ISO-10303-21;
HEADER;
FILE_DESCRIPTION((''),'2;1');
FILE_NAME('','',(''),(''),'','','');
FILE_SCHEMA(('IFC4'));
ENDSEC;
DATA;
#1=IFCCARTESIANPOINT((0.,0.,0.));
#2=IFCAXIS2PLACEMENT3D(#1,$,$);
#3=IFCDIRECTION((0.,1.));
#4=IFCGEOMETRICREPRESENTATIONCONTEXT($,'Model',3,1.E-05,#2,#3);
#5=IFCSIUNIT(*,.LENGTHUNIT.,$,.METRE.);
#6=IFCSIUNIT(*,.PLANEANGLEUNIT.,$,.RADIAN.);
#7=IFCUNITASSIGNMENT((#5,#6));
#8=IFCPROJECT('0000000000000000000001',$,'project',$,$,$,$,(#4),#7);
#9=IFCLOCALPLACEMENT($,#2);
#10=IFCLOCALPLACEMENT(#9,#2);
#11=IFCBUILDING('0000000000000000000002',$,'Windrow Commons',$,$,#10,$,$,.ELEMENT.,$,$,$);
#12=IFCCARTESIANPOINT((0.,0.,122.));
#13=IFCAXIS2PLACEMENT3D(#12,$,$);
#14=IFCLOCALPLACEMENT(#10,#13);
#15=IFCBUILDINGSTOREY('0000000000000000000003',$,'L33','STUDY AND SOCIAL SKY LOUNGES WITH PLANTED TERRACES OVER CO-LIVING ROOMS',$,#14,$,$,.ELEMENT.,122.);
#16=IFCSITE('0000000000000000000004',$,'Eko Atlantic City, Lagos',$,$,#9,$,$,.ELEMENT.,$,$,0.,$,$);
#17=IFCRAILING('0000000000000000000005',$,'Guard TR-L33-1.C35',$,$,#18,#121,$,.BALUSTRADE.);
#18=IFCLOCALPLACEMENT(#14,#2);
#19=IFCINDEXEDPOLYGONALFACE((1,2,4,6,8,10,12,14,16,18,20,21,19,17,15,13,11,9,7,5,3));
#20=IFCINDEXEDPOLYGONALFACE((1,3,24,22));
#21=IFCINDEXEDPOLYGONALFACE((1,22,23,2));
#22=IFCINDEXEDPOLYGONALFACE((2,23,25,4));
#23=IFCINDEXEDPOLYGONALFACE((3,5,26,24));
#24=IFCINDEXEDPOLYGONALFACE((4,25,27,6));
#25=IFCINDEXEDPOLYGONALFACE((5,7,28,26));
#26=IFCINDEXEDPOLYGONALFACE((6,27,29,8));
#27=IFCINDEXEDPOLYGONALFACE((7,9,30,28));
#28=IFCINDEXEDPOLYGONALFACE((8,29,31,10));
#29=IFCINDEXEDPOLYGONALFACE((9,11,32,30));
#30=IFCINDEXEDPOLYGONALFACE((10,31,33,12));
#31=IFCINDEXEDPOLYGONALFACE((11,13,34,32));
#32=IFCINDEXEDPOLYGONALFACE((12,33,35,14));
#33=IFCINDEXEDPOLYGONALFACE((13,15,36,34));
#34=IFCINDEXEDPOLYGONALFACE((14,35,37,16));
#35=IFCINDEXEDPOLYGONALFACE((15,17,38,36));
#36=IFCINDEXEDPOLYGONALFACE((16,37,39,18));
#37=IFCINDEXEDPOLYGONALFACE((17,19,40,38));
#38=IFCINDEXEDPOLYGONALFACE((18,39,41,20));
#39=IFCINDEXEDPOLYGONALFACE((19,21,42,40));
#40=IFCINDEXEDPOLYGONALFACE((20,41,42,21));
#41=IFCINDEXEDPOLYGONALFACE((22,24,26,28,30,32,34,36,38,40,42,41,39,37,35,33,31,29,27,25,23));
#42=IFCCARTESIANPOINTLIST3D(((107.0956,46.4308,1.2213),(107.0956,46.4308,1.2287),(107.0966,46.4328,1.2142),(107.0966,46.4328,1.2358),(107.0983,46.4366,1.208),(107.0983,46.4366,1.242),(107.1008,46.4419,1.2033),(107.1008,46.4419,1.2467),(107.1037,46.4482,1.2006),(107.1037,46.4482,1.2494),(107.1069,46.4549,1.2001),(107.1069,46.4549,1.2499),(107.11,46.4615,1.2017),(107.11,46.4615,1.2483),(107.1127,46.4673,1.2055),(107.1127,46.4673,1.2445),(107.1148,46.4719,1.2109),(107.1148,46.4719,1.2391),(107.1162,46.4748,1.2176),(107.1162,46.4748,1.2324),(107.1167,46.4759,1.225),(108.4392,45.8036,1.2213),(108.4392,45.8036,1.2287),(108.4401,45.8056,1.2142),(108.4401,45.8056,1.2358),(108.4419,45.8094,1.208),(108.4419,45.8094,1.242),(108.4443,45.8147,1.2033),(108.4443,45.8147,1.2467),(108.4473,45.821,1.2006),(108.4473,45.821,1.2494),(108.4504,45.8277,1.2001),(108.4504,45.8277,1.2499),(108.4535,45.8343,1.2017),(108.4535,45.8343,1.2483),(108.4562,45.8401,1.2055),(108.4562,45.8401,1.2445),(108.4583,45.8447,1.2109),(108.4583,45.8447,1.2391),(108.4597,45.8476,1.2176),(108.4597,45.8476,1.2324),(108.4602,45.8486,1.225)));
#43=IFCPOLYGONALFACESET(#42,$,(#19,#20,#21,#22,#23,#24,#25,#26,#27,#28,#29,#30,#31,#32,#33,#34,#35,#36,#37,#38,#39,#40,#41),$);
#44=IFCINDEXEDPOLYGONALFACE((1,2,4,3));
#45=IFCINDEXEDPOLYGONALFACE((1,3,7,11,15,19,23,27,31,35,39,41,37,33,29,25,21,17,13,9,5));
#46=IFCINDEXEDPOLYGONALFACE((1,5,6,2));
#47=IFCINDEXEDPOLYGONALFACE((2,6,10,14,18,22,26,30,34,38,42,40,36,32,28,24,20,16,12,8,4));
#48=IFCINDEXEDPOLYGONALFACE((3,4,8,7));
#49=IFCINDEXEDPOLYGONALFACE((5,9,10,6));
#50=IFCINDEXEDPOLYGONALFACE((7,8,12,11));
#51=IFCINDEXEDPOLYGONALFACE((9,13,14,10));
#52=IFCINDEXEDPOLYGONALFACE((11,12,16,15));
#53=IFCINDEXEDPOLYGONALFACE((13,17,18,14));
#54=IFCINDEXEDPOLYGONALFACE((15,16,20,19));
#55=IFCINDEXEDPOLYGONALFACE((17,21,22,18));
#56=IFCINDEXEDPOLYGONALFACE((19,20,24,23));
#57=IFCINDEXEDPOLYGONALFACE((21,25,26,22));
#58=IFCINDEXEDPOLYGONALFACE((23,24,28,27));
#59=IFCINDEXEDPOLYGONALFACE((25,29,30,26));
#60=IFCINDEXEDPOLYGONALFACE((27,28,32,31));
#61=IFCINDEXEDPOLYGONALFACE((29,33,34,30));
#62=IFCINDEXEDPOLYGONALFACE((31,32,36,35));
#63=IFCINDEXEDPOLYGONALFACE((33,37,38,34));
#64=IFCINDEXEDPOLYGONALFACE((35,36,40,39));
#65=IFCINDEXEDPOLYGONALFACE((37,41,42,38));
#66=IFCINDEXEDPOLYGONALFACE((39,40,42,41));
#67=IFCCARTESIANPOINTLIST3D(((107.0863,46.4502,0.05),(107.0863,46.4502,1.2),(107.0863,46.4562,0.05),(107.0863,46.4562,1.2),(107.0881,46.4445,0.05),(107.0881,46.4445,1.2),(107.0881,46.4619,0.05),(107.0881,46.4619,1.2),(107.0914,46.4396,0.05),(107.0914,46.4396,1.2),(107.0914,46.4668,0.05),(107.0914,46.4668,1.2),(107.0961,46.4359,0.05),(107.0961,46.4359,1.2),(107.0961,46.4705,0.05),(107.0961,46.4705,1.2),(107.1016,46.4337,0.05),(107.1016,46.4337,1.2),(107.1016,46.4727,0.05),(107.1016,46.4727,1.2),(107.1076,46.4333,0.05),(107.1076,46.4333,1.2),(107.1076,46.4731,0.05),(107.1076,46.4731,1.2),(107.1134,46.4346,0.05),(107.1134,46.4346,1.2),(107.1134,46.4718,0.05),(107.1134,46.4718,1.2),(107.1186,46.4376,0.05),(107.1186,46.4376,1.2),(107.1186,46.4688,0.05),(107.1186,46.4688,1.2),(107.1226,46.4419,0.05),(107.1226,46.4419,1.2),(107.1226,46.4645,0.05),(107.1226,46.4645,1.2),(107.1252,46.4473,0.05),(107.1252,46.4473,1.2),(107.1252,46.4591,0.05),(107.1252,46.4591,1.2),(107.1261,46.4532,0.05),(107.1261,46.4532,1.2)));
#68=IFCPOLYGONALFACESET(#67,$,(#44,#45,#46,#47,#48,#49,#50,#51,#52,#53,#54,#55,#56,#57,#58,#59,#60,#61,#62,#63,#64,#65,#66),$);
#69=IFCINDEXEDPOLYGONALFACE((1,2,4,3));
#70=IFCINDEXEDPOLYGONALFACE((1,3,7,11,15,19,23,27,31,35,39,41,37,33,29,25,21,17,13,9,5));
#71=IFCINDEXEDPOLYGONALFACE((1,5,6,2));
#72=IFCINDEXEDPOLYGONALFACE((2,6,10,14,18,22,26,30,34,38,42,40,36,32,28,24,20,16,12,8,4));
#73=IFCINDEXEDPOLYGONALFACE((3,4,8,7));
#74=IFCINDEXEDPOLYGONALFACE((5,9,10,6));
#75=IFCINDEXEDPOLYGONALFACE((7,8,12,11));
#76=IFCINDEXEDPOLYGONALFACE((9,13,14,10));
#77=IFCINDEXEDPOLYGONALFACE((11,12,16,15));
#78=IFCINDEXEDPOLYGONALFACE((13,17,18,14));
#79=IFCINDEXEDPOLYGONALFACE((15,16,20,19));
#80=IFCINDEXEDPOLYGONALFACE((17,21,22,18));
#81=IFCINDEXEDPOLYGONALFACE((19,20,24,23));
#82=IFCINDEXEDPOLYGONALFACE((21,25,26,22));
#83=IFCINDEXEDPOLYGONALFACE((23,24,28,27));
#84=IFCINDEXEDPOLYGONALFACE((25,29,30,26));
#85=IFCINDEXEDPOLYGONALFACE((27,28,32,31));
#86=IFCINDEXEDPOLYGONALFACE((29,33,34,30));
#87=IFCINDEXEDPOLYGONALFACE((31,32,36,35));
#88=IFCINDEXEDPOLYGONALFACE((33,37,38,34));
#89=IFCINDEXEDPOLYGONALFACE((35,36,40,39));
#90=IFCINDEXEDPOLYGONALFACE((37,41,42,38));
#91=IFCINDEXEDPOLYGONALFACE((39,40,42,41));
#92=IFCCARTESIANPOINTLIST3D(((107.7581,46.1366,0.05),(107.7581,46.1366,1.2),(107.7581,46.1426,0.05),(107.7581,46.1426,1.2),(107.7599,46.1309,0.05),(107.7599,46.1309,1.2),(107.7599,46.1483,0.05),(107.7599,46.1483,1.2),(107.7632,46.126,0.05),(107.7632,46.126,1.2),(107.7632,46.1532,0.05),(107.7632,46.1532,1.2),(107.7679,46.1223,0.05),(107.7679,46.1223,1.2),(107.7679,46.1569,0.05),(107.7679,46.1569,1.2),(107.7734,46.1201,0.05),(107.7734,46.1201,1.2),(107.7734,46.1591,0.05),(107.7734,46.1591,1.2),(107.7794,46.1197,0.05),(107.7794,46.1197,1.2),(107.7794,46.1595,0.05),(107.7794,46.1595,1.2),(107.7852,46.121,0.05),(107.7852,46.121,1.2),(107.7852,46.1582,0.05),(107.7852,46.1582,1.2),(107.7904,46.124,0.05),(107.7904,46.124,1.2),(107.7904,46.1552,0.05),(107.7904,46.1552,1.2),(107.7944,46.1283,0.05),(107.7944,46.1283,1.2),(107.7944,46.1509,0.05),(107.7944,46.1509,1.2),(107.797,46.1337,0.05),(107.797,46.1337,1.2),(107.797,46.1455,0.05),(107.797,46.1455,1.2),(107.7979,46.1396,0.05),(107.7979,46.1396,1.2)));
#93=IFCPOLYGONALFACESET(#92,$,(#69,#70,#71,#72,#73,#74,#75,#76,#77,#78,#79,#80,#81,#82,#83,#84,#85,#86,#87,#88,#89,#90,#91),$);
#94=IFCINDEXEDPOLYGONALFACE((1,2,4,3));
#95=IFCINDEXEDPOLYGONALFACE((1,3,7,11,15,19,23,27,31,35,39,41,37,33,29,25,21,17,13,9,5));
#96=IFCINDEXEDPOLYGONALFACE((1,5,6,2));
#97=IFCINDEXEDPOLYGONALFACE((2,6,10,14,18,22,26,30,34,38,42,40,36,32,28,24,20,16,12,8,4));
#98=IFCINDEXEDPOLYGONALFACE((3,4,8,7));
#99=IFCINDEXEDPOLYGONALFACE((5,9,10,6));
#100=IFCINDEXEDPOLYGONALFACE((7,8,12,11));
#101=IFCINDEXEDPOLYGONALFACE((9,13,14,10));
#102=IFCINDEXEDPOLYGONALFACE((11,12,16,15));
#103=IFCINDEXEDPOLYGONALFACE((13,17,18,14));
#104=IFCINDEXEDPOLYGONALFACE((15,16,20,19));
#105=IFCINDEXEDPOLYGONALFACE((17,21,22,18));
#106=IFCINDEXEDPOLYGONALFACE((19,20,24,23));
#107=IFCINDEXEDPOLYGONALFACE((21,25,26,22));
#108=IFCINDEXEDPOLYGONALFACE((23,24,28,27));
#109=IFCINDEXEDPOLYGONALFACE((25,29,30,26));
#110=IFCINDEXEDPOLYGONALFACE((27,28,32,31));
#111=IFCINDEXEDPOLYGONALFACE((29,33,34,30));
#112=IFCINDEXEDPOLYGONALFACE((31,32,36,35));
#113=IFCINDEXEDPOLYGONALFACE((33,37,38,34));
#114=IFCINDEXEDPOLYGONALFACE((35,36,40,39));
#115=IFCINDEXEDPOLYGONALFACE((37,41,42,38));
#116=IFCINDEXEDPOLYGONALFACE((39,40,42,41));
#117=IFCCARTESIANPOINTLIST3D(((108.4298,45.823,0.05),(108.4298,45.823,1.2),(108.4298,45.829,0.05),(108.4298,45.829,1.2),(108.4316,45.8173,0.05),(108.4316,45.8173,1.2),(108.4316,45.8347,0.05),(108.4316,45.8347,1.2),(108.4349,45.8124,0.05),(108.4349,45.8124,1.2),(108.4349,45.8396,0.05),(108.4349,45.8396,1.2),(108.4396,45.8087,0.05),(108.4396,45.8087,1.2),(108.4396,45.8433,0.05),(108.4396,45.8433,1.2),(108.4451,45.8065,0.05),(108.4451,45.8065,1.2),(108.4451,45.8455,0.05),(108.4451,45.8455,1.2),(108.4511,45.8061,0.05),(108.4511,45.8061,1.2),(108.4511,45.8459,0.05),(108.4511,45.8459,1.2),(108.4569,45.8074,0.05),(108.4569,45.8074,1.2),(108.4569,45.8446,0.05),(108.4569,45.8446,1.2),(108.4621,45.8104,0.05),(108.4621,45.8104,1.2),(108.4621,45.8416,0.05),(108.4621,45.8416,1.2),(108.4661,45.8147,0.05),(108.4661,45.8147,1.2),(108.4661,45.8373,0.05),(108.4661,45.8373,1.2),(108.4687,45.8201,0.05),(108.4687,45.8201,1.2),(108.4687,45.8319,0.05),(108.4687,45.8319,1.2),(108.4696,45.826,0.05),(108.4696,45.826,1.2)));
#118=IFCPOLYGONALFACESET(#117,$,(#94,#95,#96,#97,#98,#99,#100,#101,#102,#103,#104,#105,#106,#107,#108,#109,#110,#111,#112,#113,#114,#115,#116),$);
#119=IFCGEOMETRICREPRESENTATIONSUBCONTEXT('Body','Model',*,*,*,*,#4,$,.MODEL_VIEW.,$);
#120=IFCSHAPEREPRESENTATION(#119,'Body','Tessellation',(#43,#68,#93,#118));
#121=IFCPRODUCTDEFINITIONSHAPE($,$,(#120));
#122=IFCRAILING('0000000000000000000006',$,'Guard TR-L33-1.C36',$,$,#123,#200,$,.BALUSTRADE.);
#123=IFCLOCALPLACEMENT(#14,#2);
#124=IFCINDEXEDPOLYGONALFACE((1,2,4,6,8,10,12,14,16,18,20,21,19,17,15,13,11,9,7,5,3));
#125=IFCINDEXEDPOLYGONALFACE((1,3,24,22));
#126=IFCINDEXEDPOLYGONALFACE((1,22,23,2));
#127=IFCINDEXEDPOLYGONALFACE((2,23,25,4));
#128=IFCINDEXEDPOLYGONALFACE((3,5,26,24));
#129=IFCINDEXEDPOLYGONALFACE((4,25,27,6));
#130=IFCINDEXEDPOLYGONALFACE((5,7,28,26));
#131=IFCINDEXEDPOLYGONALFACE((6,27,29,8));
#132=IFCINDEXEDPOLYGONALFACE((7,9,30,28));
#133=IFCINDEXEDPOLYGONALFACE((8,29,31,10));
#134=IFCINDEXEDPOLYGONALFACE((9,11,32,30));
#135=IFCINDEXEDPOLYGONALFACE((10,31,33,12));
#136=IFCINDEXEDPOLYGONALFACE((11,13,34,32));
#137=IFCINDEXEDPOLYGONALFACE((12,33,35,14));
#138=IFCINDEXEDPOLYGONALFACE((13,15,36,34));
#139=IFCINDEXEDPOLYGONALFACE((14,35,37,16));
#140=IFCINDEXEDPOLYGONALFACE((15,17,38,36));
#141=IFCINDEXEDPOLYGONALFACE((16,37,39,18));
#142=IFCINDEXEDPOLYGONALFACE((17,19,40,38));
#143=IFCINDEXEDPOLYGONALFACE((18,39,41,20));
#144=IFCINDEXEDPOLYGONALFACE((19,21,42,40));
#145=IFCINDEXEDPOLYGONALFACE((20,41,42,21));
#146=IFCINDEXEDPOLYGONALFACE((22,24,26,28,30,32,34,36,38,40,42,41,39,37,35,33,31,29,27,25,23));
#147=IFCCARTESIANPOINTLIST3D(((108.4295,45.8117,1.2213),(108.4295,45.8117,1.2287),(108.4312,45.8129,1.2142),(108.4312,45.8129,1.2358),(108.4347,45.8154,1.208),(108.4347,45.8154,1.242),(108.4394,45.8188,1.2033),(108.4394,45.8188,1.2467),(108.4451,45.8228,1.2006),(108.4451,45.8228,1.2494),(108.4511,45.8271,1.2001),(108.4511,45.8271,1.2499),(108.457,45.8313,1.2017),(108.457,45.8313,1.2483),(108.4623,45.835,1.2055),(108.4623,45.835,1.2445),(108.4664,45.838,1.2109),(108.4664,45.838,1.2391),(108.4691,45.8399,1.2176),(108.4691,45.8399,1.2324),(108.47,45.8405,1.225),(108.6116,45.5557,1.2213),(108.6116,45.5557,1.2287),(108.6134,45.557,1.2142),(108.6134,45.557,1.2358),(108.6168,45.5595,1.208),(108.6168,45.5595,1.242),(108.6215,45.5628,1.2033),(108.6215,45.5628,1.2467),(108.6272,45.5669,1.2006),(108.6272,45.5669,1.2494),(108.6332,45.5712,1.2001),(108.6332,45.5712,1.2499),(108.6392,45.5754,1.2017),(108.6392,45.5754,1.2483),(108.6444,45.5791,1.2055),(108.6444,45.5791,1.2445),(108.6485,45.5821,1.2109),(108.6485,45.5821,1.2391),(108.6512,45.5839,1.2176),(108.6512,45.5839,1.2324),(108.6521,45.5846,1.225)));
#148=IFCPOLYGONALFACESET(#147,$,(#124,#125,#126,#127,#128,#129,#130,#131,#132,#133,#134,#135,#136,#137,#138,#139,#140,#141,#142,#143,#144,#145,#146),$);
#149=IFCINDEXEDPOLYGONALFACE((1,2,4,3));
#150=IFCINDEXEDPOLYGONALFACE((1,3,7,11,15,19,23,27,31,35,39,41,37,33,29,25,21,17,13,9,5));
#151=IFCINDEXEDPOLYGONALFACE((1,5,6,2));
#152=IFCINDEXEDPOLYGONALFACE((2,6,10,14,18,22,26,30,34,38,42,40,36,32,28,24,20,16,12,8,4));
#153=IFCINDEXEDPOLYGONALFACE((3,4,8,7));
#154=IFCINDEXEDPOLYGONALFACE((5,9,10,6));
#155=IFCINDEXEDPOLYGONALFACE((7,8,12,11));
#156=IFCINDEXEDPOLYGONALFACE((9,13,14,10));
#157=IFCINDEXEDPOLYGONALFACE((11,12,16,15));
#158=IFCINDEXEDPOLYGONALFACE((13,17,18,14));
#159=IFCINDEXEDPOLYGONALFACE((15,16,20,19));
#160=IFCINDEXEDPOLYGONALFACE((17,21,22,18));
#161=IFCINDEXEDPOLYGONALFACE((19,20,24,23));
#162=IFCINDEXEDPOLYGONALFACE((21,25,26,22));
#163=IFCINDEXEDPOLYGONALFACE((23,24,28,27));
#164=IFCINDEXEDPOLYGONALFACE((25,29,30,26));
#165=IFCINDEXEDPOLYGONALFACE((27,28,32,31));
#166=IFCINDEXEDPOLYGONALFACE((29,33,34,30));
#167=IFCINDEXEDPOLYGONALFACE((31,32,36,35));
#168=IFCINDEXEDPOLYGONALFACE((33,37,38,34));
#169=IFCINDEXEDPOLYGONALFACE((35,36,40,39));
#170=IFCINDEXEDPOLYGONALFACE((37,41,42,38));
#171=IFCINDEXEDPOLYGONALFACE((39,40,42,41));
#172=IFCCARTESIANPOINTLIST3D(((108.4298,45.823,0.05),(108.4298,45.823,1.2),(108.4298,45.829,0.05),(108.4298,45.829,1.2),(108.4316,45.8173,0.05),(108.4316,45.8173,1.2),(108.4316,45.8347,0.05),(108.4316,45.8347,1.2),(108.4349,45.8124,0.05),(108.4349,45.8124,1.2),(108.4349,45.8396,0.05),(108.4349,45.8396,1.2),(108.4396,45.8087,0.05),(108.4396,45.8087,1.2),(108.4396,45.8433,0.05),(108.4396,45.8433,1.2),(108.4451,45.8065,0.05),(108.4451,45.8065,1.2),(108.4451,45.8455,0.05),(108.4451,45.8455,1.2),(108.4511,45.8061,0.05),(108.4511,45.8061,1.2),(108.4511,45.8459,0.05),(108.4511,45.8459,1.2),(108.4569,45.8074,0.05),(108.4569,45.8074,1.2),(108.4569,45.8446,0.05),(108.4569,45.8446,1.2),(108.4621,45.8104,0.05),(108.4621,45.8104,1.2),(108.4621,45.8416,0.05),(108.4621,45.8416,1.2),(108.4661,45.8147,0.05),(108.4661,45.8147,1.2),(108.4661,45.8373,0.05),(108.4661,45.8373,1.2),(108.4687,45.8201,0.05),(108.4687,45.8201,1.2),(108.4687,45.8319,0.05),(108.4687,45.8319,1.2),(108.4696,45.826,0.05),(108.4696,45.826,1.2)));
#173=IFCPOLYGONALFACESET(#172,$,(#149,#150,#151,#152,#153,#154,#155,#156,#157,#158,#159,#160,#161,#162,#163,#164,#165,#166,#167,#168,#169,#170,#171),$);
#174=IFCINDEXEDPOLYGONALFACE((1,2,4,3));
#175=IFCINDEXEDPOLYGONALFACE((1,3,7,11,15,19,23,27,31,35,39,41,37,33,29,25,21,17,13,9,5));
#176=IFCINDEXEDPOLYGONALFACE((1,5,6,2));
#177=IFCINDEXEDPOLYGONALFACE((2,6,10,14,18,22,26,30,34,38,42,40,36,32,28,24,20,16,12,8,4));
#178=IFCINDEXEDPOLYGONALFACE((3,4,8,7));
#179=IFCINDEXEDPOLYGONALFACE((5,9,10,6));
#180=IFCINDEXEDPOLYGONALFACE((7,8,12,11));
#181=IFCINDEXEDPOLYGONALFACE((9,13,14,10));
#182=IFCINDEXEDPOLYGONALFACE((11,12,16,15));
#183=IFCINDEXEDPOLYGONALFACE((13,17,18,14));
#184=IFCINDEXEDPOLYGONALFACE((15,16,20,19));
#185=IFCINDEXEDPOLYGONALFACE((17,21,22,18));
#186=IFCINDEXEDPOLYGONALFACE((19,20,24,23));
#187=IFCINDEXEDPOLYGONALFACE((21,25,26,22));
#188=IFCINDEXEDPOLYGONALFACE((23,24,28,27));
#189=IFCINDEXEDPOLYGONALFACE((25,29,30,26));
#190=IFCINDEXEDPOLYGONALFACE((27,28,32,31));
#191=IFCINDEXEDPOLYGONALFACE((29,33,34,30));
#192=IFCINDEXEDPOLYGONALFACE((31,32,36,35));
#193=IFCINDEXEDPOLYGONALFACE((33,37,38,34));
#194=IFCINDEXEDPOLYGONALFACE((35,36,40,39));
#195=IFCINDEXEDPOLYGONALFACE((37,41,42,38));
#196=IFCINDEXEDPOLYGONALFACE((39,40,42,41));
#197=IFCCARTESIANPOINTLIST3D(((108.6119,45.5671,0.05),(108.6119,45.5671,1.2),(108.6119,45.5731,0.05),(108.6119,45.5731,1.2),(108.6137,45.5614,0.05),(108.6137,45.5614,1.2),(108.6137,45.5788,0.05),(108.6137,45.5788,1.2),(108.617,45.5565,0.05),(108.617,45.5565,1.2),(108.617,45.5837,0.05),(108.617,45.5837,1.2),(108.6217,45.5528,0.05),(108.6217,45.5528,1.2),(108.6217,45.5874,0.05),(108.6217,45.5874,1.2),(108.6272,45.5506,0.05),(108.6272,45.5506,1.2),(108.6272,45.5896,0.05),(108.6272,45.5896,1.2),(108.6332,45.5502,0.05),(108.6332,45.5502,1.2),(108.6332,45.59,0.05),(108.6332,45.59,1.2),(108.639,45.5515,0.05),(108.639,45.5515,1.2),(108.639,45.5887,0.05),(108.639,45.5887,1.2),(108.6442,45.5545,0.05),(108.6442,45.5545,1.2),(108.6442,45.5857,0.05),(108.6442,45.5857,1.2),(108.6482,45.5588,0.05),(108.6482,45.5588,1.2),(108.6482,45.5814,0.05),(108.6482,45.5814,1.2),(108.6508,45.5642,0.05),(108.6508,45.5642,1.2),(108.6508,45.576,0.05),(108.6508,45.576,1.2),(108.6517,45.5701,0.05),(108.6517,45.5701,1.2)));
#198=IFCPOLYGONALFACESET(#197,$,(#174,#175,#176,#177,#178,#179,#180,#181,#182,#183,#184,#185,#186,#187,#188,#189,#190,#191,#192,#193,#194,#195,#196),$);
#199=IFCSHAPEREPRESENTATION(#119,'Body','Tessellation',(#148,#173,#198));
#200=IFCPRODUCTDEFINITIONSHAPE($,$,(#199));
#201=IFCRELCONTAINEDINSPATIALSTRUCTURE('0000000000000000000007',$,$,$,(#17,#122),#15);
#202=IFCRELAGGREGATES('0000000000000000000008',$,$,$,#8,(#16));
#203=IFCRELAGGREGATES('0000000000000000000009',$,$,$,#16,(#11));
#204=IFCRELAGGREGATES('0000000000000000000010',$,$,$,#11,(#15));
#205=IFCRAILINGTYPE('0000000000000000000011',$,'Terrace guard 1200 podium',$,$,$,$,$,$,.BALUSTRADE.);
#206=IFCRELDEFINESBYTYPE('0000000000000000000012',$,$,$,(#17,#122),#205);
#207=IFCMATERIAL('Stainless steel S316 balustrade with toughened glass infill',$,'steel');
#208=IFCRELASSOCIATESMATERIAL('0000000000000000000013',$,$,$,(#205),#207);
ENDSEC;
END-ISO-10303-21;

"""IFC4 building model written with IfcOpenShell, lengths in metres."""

from ifc_helpers import new_model, si_unit, direction, frame, origin, origin_2d, place, context, subcontext, project, spatial, circle, extrude, material, type_object, element, save


model = new_model("IFC4")

# Units and contexts
model_context = context("Model", 3, precision=1e-05, world=origin(), true_north=direction((0.0, 1.0)))
body_context = subcontext(model_context, "Body", "Model", "MODEL_VIEW")
ifc_project = project(units=[si_unit("LENGTHUNIT", "METRE"), si_unit("PLANEANGLEUNIT", "RADIAN")], contexts=[model_context])

# Site, building, storey
site_placement = place(None, origin())
site = spatial("IfcSite", under=ifc_project, at=site_placement, Name="Eko Atlantic City, Lagos", CompositionType="ELEMENT", RefElevation=0.0)
building_placement = place(site_placement, origin())
building = spatial("IfcBuilding", under=site, at=building_placement, Name="Windrow Commons", CompositionType="ELEMENT")
storey_placement = place(building_placement, frame((0.0, 0.0, 122.0)))
storey = spatial("IfcBuildingStorey", under=building, at=storey_placement, Name="L33", Description="STUDY AND SOCIAL SKY LOUNGES WITH PLANTED TERRACES OVER CO-LIVING ROOMS", CompositionType="ELEMENT", Elevation=122.0)

# Railings
ifc_material_1 = material(Name="Stainless steel S316 balustrade with toughened glass infill", Category="steel")
railing_type = type_object("IfcRailingType", Name="Terrace guard 1200 podium", PredefinedType="BALUSTRADE", material=ifc_material_1)
railing_1_placement = place(storey_placement, frame((107.1061, 46.4532, 0.05)))
element("IfcRailing", 1, at=railing_1_placement, inside=storey, type_object=railing_type, Name="Guard TR-L33-1.C35", PredefinedType="BALUSTRADE", context=body_context, shape_type="SweptSolid", body=[
    extrude(circle(Radius=0.025, at=origin_2d()), frame((0.0, 0.0, 1.175), z_axis=(0.906123, -0.423015, 0.0), x_axis=(0.423015, 0.906123, 0.0)), (0.0, 0.0, 1.0), 1.4827),
    extrude(circle(Radius=0.02, at=origin_2d()), origin(), (0.0, 0.0, 1.0), 1.15),
    extrude(circle(Radius=0.02, at=origin_2d()), frame((0.6718, -0.3136, 0.0)), (0.0, 0.0, 1.0), 1.15),
    extrude(circle(Radius=0.02, at=origin_2d()), frame((1.3435, -0.6272, 0.0)), (0.0, 0.0, 1.0), 1.15),
])
railing_2_placement = place(storey_placement, frame((108.4496, 45.826, 0.05)))
element("IfcRailing", 2, at=railing_2_placement, inside=storey, type_object=railing_type, Name="Guard TR-L33-1.C36", PredefinedType="BALUSTRADE", context=body_context, shape_type="SweptSolid", body=[
    extrude(circle(Radius=0.025, at=origin_2d()), frame((0.0, 0.0, 1.175), z_axis=(0.579792, -0.814765, 0.0), x_axis=(0.814765, 0.579792, 0.0)), (0.0, 0.0, 1.0), 0.3141),
    extrude(circle(Radius=0.02, at=origin_2d()), origin(), (0.0, 0.0, 1.0), 1.15),
    extrude(circle(Radius=0.02, at=origin_2d()), frame((0.1821, -0.2559, 0.0)), (0.0, 0.0, 1.0), 1.15),
])

save(model, "model.ifc")
